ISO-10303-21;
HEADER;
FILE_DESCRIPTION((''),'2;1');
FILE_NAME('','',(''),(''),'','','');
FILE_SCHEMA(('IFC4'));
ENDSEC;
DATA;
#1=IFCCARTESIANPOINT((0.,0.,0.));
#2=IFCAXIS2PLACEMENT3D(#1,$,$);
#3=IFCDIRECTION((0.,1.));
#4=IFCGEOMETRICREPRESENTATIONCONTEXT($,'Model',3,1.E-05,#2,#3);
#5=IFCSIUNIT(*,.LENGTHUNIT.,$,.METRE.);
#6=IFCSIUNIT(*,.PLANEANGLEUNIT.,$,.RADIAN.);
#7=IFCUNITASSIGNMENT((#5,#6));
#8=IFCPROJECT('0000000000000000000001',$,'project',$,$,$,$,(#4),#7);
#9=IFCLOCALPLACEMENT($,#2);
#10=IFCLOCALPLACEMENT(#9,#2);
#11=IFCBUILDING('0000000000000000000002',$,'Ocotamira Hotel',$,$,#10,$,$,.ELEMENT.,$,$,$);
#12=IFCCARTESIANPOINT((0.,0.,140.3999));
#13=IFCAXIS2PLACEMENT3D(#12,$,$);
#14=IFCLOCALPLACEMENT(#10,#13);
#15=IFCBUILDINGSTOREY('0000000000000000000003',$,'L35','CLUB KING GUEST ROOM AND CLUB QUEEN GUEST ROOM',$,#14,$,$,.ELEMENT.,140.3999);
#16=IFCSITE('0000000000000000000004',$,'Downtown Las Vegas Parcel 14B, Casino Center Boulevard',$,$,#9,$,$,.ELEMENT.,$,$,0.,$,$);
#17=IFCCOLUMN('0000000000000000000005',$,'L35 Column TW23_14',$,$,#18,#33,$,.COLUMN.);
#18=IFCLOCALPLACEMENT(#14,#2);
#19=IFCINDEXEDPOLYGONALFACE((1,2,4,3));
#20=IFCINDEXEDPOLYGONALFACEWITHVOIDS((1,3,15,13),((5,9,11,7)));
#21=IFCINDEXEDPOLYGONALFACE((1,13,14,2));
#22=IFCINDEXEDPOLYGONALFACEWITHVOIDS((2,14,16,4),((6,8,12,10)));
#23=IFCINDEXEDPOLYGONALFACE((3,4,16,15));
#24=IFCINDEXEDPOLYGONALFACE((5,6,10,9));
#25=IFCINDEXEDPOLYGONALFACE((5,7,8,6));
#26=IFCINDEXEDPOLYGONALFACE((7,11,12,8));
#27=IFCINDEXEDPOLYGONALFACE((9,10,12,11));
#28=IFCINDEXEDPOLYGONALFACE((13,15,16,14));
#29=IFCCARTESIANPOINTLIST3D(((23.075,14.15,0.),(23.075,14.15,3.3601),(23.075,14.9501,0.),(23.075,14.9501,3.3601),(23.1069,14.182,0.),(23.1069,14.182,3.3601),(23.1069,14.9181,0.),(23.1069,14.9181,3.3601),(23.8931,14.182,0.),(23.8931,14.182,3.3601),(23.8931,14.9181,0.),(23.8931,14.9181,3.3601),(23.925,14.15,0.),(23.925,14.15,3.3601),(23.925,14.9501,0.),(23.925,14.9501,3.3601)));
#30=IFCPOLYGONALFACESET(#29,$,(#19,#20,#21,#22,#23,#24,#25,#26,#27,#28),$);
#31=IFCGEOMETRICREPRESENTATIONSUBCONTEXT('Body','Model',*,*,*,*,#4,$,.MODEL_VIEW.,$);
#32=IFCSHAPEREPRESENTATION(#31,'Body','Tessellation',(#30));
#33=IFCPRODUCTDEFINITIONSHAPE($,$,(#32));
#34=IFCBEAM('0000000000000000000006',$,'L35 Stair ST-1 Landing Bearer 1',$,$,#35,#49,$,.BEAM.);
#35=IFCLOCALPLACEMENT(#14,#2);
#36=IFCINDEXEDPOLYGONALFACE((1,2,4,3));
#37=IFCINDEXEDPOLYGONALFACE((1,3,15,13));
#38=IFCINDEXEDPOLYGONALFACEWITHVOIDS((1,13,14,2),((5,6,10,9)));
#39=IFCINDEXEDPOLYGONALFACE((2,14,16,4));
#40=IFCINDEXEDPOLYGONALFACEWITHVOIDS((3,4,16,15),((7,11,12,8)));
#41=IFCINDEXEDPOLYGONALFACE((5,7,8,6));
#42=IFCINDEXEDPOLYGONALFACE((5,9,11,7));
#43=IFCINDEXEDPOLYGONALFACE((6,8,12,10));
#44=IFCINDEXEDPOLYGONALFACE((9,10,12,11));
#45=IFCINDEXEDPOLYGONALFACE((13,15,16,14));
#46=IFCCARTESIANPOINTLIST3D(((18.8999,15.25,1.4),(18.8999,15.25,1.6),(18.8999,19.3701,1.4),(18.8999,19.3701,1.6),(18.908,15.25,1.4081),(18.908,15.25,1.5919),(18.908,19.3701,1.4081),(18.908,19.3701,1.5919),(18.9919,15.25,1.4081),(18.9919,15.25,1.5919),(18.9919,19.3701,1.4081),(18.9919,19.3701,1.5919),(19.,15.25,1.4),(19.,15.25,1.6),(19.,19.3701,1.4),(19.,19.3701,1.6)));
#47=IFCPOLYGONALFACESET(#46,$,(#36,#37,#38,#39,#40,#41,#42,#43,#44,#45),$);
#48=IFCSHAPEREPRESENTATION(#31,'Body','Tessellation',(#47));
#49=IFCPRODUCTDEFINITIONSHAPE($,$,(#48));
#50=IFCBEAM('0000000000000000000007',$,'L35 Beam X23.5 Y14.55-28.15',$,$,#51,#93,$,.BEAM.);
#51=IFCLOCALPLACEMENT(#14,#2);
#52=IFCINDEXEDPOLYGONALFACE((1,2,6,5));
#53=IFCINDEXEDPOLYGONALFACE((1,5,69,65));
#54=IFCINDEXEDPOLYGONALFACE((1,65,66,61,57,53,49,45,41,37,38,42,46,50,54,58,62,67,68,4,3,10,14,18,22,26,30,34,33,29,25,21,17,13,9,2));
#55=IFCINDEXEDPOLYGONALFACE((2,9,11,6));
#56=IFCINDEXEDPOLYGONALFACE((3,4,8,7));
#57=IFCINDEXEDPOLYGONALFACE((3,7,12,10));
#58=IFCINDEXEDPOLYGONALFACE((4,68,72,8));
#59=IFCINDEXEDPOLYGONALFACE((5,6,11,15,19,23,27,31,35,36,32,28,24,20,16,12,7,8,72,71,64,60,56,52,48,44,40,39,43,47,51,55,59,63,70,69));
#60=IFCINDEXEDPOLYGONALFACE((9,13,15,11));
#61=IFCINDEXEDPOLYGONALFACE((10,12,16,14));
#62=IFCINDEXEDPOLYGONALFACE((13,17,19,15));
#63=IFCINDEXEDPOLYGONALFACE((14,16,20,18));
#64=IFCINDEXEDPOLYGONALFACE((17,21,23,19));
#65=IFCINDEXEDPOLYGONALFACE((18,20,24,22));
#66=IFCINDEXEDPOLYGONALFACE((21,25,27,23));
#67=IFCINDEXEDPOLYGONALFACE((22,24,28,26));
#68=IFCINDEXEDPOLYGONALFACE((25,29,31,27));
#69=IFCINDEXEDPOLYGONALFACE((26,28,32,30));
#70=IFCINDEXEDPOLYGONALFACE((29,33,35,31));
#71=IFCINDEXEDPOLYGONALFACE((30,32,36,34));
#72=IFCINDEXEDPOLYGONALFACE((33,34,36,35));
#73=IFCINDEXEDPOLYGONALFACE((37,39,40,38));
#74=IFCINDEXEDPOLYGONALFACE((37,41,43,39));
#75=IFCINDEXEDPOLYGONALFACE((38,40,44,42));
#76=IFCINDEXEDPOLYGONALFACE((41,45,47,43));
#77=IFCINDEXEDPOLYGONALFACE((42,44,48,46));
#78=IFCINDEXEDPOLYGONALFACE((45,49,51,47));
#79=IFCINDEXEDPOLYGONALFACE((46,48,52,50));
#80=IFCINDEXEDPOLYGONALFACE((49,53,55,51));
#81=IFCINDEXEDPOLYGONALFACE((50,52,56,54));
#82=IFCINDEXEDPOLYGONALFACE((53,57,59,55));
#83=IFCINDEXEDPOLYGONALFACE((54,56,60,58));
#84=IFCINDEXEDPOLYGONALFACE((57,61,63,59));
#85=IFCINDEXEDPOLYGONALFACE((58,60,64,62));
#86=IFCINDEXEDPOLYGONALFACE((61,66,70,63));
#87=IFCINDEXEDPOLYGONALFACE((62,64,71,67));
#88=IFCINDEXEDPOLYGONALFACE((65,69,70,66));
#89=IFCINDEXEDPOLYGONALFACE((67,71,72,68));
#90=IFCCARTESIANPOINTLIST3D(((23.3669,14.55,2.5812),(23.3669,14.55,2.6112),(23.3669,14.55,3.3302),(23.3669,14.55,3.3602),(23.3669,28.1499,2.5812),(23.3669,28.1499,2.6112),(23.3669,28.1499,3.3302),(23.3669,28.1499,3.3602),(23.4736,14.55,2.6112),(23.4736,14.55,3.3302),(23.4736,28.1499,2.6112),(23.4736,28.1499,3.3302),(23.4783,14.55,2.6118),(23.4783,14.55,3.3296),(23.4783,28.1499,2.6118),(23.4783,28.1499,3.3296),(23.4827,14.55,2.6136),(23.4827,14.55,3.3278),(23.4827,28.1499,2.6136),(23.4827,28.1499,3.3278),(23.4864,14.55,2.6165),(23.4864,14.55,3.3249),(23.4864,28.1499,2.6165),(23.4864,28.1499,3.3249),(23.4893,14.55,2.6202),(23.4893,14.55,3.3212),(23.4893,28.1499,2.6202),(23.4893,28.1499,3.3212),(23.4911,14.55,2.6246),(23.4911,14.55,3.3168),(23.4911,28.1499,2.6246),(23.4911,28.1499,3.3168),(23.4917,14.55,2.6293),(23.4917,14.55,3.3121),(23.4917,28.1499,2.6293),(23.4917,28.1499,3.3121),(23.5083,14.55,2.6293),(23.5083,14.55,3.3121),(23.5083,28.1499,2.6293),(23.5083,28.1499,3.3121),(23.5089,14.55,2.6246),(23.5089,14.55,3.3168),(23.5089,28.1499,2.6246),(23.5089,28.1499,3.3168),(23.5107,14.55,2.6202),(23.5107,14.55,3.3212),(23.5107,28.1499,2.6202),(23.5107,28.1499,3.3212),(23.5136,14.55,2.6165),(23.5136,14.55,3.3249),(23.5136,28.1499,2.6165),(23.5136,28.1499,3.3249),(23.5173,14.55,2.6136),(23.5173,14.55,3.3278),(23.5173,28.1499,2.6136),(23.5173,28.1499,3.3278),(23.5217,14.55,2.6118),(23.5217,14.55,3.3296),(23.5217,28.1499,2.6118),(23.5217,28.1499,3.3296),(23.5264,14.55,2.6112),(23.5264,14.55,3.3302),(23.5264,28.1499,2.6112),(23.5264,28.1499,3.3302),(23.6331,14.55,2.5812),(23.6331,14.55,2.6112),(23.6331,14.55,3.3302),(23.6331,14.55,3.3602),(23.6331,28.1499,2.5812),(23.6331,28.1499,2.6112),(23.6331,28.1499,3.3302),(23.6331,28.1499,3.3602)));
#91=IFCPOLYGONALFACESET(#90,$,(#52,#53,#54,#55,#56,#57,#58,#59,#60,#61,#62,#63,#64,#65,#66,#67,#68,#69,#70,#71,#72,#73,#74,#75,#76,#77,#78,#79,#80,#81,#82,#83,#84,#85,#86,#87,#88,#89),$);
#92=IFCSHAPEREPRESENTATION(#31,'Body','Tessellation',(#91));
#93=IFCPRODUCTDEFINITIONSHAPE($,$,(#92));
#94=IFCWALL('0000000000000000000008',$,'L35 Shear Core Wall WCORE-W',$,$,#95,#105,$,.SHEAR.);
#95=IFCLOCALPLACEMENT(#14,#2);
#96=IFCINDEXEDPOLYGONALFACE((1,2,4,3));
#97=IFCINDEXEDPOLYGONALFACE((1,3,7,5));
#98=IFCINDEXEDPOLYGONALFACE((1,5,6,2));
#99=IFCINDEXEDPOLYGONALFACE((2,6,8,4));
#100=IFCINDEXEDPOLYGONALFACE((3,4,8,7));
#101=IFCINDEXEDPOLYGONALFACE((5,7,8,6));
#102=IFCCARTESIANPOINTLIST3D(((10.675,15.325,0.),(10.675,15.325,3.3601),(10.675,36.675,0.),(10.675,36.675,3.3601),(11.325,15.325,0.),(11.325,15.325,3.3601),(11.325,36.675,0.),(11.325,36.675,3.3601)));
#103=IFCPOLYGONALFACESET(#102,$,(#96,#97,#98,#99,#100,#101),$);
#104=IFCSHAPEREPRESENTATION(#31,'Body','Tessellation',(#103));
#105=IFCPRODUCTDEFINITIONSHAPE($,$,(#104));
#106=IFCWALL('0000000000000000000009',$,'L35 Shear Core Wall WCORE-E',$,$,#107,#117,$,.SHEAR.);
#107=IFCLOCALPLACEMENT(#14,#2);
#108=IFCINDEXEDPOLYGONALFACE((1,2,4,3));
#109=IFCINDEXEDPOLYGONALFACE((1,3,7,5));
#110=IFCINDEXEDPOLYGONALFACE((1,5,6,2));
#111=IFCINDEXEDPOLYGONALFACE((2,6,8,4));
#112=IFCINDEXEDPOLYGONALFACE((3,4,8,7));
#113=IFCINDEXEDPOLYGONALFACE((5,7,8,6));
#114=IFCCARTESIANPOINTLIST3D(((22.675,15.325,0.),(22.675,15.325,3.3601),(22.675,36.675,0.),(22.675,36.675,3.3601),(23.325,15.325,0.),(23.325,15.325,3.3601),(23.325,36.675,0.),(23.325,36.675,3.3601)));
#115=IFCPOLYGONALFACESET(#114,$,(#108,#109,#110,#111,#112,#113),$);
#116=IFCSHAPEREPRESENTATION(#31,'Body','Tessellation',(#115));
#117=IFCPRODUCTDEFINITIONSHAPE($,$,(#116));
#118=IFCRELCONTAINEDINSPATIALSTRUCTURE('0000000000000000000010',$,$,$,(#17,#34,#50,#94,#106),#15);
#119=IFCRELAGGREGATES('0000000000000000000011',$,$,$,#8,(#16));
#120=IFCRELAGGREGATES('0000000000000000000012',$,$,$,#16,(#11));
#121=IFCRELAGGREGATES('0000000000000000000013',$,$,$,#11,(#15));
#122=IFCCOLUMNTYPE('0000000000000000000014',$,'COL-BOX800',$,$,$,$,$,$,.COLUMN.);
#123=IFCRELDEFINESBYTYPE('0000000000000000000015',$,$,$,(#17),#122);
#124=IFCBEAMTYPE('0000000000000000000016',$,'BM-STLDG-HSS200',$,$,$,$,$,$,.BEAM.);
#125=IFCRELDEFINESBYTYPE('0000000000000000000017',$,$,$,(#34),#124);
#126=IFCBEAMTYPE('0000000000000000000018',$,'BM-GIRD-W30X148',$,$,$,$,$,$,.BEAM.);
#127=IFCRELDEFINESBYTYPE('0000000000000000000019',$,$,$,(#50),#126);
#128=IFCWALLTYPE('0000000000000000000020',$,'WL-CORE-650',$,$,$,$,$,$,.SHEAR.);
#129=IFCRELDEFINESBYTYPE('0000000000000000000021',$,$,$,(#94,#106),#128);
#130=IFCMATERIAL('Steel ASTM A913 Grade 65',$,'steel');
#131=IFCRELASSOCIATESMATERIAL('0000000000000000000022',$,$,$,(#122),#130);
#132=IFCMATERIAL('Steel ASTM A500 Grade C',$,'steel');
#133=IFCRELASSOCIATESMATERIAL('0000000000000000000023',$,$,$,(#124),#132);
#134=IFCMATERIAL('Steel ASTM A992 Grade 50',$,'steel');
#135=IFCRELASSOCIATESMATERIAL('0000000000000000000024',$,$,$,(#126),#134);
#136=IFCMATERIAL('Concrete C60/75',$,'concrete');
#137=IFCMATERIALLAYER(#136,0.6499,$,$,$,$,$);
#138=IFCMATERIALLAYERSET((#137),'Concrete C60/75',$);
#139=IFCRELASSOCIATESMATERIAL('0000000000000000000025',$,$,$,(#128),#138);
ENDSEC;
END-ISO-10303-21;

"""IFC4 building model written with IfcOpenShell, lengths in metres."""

from ifc_helpers import new_model, si_unit, direction, frame, frame_2d, origin, origin_2d, place, context, subcontext, project, spatial, rectangle, hollow_rectangle, i_section, extrude, source, transform, mapped, material, layer, layer_set, material_profile, profile_set, type_object, element, save


model = new_model("IFC4")

# Units and contexts
model_context = context("Model", 3, precision=1e-05, world=origin(), true_north=direction((0.0, 1.0)))
body_context = subcontext(model_context, "Body", "Model", "MODEL_VIEW")
ifc_project = project(units=[si_unit("LENGTHUNIT", "METRE"), si_unit("PLANEANGLEUNIT", "RADIAN")], contexts=[model_context])

# Site, building, storey
site_placement = place(None, origin())
site = spatial("IfcSite", under=ifc_project, at=site_placement, Name="Downtown Las Vegas Parcel 14B, Casino Center Boulevard", CompositionType="ELEMENT", RefElevation=0.0)
building_placement = place(site_placement, origin())
building = spatial("IfcBuilding", under=site, at=building_placement, Name="Ocotamira Hotel", CompositionType="ELEMENT")
storey_placement = place(building_placement, frame((0.0, 0.0, 140.3999)))
storey = spatial("IfcBuildingStorey", under=building, at=storey_placement, Name="L35", Description="CLUB KING GUEST ROOM AND CLUB QUEEN GUEST ROOM", CompositionType="ELEMENT", Elevation=140.3999)

# Column
ifc_material_1 = material(Name="Steel ASTM A913 Grade 65", Category="steel")
ifc_material_profile_1 = material_profile(ifc_material_1, hollow_rectangle(XDim=0.8501, YDim=0.8, WallThickness=0.032, at=origin_2d()), Name="BOX800X850X32")
ifc_profile_set_1 = profile_set([ifc_material_profile_1], Name="Steel ASTM A913 Grade 65")
column_type = type_object("IfcColumnType", Name="COL-BOX800", PredefinedType="COLUMN", material=ifc_profile_set_1)
shared_shape_1 = source(origin(), body_context, "Body", "SweptSolid", [
    extrude(hollow_rectangle(XDim=0.8501, YDim=0.8, WallThickness=0.032, at=origin_2d()), origin(), (0.0, 0.0, 1.0), 3.3601),
])
column_placement = place(storey_placement, frame((23.5, 14.55, 0.0), z_axis=(0.0, 0.0, 1.0), x_axis=(1.0, 0.0, 0.0)))
element("IfcColumn", 1, at=column_placement, inside=storey, type_object=column_type, Name="L35 Column TW23_14", PredefinedType="COLUMN", context=body_context, shape_type="MappedRepresentation", body=[
    mapped(shared_shape_1, transform((0.0, 0.0, 0.0), scale=1.0)),
])

# Beams
ifc_material_2 = material(Name="Steel ASTM A500 Grade C", Category="steel")
ifc_material_profile_2 = material_profile(ifc_material_2, hollow_rectangle(XDim=0.1001, YDim=0.2, WallThickness=0.0081, at=origin_2d()), Name="HSS200X100X8")
ifc_profile_set_2 = profile_set([ifc_material_profile_2], Name="Steel ASTM A500 Grade C")
beam_type_1 = type_object("IfcBeamType", Name="BM-STLDG-HSS200", PredefinedType="BEAM", material=ifc_profile_set_2)
shared_shape_2 = source(origin(), body_context, "Body", "SweptSolid", [
    extrude(hollow_rectangle(XDim=0.1001, YDim=0.2, WallThickness=0.0081, at=origin_2d()), origin(), (0.0, 0.0, 1.0), 4.1201),
])
beam_1_placement = place(storey_placement, frame((18.95, 15.25, 1.5), z_axis=(0.0, 1.0, 0.0), x_axis=(-1.0, 0.0, 0.0)))
element("IfcBeam", 2, at=beam_1_placement, inside=storey, type_object=beam_type_1, Name="L35 Stair ST-1 Landing Bearer 1", PredefinedType="BEAM", context=body_context, shape_type="MappedRepresentation", body=[
    mapped(shared_shape_2, transform((0.0, 0.0, 0.0), scale=1.0)),
])
ifc_material_3 = material(Name="Steel ASTM A992 Grade 50", Category="steel")
ifc_material_profile_3 = material_profile(ifc_material_3, i_section(OverallWidth=0.2661, OverallDepth=0.7791, WebThickness=0.0166, FlangeThickness=0.03, FilletRadius=0.0181, at=origin_2d()), Name="W30X148")
ifc_profile_set_3 = profile_set([ifc_material_profile_3], Name="Steel ASTM A992 Grade 50")
beam_type_2 = type_object("IfcBeamType", Name="BM-GIRD-W30X148", PredefinedType="BEAM", material=ifc_profile_set_3)
shared_shape_3 = source(origin(), body_context, "Body", "SweptSolid", [
    extrude(i_section(OverallWidth=0.2661, OverallDepth=0.7791, WebThickness=0.0166, FlangeThickness=0.03, FilletRadius=0.0181, at=origin_2d()), origin(), (0.0, 0.0, 1.0), 13.5999),
])
beam_2_placement = place(storey_placement, frame((23.5, 14.55, 2.9707), z_axis=(0.0, 1.0, 0.0), x_axis=(-1.0, 0.0, 0.0)))
element("IfcBeam", 3, at=beam_2_placement, inside=storey, type_object=beam_type_2, Name="L35 Beam X23.5 Y14.55-28.15", PredefinedType="BEAM", context=body_context, shape_type="MappedRepresentation", body=[
    mapped(shared_shape_3, transform((0.0, 0.0, 0.0), scale=1.0)),
])

# Shared definitions
ifc_material_4 = material(Name="Concrete C60/75", Category="concrete")
ifc_layer_1 = layer(ifc_material_4, 0.6499)
ifc_layer_set_1 = layer_set([ifc_layer_1], Name="Concrete C60/75")
wall_type_1 = type_object("IfcWallType", Name="WL-CORE-650", PredefinedType="SHEAR", material=ifc_layer_set_1)

# Walls
for number, where, z_axis, x_axis, name in (
    (4, (11.0, 15.325, 0.0), (0.0, 0.0, 1.0), (0.0, 1.0, 0.0), "L35 Shear Core Wall WCORE-W"),
    (5, (23.0, 15.325, 0.0), (0.0, 0.0, 1.0), (0.0, 1.0, 0.0), "L35 Shear Core Wall WCORE-E"),
):
    element("IfcWall", number, at=place(storey_placement, frame(where, z_axis=z_axis, x_axis=x_axis)), inside=storey, type_object=wall_type_1, Name=name, PredefinedType="SHEAR", context=body_context, shape_type="SweptSolid", body=[
        extrude(rectangle(XDim=21.3501, YDim=0.6499, at=frame_2d((10.675, 0.0))), origin(), (0.0, 0.0, 1.0), 3.3601),
    ])

save(model, "model.ifc")
